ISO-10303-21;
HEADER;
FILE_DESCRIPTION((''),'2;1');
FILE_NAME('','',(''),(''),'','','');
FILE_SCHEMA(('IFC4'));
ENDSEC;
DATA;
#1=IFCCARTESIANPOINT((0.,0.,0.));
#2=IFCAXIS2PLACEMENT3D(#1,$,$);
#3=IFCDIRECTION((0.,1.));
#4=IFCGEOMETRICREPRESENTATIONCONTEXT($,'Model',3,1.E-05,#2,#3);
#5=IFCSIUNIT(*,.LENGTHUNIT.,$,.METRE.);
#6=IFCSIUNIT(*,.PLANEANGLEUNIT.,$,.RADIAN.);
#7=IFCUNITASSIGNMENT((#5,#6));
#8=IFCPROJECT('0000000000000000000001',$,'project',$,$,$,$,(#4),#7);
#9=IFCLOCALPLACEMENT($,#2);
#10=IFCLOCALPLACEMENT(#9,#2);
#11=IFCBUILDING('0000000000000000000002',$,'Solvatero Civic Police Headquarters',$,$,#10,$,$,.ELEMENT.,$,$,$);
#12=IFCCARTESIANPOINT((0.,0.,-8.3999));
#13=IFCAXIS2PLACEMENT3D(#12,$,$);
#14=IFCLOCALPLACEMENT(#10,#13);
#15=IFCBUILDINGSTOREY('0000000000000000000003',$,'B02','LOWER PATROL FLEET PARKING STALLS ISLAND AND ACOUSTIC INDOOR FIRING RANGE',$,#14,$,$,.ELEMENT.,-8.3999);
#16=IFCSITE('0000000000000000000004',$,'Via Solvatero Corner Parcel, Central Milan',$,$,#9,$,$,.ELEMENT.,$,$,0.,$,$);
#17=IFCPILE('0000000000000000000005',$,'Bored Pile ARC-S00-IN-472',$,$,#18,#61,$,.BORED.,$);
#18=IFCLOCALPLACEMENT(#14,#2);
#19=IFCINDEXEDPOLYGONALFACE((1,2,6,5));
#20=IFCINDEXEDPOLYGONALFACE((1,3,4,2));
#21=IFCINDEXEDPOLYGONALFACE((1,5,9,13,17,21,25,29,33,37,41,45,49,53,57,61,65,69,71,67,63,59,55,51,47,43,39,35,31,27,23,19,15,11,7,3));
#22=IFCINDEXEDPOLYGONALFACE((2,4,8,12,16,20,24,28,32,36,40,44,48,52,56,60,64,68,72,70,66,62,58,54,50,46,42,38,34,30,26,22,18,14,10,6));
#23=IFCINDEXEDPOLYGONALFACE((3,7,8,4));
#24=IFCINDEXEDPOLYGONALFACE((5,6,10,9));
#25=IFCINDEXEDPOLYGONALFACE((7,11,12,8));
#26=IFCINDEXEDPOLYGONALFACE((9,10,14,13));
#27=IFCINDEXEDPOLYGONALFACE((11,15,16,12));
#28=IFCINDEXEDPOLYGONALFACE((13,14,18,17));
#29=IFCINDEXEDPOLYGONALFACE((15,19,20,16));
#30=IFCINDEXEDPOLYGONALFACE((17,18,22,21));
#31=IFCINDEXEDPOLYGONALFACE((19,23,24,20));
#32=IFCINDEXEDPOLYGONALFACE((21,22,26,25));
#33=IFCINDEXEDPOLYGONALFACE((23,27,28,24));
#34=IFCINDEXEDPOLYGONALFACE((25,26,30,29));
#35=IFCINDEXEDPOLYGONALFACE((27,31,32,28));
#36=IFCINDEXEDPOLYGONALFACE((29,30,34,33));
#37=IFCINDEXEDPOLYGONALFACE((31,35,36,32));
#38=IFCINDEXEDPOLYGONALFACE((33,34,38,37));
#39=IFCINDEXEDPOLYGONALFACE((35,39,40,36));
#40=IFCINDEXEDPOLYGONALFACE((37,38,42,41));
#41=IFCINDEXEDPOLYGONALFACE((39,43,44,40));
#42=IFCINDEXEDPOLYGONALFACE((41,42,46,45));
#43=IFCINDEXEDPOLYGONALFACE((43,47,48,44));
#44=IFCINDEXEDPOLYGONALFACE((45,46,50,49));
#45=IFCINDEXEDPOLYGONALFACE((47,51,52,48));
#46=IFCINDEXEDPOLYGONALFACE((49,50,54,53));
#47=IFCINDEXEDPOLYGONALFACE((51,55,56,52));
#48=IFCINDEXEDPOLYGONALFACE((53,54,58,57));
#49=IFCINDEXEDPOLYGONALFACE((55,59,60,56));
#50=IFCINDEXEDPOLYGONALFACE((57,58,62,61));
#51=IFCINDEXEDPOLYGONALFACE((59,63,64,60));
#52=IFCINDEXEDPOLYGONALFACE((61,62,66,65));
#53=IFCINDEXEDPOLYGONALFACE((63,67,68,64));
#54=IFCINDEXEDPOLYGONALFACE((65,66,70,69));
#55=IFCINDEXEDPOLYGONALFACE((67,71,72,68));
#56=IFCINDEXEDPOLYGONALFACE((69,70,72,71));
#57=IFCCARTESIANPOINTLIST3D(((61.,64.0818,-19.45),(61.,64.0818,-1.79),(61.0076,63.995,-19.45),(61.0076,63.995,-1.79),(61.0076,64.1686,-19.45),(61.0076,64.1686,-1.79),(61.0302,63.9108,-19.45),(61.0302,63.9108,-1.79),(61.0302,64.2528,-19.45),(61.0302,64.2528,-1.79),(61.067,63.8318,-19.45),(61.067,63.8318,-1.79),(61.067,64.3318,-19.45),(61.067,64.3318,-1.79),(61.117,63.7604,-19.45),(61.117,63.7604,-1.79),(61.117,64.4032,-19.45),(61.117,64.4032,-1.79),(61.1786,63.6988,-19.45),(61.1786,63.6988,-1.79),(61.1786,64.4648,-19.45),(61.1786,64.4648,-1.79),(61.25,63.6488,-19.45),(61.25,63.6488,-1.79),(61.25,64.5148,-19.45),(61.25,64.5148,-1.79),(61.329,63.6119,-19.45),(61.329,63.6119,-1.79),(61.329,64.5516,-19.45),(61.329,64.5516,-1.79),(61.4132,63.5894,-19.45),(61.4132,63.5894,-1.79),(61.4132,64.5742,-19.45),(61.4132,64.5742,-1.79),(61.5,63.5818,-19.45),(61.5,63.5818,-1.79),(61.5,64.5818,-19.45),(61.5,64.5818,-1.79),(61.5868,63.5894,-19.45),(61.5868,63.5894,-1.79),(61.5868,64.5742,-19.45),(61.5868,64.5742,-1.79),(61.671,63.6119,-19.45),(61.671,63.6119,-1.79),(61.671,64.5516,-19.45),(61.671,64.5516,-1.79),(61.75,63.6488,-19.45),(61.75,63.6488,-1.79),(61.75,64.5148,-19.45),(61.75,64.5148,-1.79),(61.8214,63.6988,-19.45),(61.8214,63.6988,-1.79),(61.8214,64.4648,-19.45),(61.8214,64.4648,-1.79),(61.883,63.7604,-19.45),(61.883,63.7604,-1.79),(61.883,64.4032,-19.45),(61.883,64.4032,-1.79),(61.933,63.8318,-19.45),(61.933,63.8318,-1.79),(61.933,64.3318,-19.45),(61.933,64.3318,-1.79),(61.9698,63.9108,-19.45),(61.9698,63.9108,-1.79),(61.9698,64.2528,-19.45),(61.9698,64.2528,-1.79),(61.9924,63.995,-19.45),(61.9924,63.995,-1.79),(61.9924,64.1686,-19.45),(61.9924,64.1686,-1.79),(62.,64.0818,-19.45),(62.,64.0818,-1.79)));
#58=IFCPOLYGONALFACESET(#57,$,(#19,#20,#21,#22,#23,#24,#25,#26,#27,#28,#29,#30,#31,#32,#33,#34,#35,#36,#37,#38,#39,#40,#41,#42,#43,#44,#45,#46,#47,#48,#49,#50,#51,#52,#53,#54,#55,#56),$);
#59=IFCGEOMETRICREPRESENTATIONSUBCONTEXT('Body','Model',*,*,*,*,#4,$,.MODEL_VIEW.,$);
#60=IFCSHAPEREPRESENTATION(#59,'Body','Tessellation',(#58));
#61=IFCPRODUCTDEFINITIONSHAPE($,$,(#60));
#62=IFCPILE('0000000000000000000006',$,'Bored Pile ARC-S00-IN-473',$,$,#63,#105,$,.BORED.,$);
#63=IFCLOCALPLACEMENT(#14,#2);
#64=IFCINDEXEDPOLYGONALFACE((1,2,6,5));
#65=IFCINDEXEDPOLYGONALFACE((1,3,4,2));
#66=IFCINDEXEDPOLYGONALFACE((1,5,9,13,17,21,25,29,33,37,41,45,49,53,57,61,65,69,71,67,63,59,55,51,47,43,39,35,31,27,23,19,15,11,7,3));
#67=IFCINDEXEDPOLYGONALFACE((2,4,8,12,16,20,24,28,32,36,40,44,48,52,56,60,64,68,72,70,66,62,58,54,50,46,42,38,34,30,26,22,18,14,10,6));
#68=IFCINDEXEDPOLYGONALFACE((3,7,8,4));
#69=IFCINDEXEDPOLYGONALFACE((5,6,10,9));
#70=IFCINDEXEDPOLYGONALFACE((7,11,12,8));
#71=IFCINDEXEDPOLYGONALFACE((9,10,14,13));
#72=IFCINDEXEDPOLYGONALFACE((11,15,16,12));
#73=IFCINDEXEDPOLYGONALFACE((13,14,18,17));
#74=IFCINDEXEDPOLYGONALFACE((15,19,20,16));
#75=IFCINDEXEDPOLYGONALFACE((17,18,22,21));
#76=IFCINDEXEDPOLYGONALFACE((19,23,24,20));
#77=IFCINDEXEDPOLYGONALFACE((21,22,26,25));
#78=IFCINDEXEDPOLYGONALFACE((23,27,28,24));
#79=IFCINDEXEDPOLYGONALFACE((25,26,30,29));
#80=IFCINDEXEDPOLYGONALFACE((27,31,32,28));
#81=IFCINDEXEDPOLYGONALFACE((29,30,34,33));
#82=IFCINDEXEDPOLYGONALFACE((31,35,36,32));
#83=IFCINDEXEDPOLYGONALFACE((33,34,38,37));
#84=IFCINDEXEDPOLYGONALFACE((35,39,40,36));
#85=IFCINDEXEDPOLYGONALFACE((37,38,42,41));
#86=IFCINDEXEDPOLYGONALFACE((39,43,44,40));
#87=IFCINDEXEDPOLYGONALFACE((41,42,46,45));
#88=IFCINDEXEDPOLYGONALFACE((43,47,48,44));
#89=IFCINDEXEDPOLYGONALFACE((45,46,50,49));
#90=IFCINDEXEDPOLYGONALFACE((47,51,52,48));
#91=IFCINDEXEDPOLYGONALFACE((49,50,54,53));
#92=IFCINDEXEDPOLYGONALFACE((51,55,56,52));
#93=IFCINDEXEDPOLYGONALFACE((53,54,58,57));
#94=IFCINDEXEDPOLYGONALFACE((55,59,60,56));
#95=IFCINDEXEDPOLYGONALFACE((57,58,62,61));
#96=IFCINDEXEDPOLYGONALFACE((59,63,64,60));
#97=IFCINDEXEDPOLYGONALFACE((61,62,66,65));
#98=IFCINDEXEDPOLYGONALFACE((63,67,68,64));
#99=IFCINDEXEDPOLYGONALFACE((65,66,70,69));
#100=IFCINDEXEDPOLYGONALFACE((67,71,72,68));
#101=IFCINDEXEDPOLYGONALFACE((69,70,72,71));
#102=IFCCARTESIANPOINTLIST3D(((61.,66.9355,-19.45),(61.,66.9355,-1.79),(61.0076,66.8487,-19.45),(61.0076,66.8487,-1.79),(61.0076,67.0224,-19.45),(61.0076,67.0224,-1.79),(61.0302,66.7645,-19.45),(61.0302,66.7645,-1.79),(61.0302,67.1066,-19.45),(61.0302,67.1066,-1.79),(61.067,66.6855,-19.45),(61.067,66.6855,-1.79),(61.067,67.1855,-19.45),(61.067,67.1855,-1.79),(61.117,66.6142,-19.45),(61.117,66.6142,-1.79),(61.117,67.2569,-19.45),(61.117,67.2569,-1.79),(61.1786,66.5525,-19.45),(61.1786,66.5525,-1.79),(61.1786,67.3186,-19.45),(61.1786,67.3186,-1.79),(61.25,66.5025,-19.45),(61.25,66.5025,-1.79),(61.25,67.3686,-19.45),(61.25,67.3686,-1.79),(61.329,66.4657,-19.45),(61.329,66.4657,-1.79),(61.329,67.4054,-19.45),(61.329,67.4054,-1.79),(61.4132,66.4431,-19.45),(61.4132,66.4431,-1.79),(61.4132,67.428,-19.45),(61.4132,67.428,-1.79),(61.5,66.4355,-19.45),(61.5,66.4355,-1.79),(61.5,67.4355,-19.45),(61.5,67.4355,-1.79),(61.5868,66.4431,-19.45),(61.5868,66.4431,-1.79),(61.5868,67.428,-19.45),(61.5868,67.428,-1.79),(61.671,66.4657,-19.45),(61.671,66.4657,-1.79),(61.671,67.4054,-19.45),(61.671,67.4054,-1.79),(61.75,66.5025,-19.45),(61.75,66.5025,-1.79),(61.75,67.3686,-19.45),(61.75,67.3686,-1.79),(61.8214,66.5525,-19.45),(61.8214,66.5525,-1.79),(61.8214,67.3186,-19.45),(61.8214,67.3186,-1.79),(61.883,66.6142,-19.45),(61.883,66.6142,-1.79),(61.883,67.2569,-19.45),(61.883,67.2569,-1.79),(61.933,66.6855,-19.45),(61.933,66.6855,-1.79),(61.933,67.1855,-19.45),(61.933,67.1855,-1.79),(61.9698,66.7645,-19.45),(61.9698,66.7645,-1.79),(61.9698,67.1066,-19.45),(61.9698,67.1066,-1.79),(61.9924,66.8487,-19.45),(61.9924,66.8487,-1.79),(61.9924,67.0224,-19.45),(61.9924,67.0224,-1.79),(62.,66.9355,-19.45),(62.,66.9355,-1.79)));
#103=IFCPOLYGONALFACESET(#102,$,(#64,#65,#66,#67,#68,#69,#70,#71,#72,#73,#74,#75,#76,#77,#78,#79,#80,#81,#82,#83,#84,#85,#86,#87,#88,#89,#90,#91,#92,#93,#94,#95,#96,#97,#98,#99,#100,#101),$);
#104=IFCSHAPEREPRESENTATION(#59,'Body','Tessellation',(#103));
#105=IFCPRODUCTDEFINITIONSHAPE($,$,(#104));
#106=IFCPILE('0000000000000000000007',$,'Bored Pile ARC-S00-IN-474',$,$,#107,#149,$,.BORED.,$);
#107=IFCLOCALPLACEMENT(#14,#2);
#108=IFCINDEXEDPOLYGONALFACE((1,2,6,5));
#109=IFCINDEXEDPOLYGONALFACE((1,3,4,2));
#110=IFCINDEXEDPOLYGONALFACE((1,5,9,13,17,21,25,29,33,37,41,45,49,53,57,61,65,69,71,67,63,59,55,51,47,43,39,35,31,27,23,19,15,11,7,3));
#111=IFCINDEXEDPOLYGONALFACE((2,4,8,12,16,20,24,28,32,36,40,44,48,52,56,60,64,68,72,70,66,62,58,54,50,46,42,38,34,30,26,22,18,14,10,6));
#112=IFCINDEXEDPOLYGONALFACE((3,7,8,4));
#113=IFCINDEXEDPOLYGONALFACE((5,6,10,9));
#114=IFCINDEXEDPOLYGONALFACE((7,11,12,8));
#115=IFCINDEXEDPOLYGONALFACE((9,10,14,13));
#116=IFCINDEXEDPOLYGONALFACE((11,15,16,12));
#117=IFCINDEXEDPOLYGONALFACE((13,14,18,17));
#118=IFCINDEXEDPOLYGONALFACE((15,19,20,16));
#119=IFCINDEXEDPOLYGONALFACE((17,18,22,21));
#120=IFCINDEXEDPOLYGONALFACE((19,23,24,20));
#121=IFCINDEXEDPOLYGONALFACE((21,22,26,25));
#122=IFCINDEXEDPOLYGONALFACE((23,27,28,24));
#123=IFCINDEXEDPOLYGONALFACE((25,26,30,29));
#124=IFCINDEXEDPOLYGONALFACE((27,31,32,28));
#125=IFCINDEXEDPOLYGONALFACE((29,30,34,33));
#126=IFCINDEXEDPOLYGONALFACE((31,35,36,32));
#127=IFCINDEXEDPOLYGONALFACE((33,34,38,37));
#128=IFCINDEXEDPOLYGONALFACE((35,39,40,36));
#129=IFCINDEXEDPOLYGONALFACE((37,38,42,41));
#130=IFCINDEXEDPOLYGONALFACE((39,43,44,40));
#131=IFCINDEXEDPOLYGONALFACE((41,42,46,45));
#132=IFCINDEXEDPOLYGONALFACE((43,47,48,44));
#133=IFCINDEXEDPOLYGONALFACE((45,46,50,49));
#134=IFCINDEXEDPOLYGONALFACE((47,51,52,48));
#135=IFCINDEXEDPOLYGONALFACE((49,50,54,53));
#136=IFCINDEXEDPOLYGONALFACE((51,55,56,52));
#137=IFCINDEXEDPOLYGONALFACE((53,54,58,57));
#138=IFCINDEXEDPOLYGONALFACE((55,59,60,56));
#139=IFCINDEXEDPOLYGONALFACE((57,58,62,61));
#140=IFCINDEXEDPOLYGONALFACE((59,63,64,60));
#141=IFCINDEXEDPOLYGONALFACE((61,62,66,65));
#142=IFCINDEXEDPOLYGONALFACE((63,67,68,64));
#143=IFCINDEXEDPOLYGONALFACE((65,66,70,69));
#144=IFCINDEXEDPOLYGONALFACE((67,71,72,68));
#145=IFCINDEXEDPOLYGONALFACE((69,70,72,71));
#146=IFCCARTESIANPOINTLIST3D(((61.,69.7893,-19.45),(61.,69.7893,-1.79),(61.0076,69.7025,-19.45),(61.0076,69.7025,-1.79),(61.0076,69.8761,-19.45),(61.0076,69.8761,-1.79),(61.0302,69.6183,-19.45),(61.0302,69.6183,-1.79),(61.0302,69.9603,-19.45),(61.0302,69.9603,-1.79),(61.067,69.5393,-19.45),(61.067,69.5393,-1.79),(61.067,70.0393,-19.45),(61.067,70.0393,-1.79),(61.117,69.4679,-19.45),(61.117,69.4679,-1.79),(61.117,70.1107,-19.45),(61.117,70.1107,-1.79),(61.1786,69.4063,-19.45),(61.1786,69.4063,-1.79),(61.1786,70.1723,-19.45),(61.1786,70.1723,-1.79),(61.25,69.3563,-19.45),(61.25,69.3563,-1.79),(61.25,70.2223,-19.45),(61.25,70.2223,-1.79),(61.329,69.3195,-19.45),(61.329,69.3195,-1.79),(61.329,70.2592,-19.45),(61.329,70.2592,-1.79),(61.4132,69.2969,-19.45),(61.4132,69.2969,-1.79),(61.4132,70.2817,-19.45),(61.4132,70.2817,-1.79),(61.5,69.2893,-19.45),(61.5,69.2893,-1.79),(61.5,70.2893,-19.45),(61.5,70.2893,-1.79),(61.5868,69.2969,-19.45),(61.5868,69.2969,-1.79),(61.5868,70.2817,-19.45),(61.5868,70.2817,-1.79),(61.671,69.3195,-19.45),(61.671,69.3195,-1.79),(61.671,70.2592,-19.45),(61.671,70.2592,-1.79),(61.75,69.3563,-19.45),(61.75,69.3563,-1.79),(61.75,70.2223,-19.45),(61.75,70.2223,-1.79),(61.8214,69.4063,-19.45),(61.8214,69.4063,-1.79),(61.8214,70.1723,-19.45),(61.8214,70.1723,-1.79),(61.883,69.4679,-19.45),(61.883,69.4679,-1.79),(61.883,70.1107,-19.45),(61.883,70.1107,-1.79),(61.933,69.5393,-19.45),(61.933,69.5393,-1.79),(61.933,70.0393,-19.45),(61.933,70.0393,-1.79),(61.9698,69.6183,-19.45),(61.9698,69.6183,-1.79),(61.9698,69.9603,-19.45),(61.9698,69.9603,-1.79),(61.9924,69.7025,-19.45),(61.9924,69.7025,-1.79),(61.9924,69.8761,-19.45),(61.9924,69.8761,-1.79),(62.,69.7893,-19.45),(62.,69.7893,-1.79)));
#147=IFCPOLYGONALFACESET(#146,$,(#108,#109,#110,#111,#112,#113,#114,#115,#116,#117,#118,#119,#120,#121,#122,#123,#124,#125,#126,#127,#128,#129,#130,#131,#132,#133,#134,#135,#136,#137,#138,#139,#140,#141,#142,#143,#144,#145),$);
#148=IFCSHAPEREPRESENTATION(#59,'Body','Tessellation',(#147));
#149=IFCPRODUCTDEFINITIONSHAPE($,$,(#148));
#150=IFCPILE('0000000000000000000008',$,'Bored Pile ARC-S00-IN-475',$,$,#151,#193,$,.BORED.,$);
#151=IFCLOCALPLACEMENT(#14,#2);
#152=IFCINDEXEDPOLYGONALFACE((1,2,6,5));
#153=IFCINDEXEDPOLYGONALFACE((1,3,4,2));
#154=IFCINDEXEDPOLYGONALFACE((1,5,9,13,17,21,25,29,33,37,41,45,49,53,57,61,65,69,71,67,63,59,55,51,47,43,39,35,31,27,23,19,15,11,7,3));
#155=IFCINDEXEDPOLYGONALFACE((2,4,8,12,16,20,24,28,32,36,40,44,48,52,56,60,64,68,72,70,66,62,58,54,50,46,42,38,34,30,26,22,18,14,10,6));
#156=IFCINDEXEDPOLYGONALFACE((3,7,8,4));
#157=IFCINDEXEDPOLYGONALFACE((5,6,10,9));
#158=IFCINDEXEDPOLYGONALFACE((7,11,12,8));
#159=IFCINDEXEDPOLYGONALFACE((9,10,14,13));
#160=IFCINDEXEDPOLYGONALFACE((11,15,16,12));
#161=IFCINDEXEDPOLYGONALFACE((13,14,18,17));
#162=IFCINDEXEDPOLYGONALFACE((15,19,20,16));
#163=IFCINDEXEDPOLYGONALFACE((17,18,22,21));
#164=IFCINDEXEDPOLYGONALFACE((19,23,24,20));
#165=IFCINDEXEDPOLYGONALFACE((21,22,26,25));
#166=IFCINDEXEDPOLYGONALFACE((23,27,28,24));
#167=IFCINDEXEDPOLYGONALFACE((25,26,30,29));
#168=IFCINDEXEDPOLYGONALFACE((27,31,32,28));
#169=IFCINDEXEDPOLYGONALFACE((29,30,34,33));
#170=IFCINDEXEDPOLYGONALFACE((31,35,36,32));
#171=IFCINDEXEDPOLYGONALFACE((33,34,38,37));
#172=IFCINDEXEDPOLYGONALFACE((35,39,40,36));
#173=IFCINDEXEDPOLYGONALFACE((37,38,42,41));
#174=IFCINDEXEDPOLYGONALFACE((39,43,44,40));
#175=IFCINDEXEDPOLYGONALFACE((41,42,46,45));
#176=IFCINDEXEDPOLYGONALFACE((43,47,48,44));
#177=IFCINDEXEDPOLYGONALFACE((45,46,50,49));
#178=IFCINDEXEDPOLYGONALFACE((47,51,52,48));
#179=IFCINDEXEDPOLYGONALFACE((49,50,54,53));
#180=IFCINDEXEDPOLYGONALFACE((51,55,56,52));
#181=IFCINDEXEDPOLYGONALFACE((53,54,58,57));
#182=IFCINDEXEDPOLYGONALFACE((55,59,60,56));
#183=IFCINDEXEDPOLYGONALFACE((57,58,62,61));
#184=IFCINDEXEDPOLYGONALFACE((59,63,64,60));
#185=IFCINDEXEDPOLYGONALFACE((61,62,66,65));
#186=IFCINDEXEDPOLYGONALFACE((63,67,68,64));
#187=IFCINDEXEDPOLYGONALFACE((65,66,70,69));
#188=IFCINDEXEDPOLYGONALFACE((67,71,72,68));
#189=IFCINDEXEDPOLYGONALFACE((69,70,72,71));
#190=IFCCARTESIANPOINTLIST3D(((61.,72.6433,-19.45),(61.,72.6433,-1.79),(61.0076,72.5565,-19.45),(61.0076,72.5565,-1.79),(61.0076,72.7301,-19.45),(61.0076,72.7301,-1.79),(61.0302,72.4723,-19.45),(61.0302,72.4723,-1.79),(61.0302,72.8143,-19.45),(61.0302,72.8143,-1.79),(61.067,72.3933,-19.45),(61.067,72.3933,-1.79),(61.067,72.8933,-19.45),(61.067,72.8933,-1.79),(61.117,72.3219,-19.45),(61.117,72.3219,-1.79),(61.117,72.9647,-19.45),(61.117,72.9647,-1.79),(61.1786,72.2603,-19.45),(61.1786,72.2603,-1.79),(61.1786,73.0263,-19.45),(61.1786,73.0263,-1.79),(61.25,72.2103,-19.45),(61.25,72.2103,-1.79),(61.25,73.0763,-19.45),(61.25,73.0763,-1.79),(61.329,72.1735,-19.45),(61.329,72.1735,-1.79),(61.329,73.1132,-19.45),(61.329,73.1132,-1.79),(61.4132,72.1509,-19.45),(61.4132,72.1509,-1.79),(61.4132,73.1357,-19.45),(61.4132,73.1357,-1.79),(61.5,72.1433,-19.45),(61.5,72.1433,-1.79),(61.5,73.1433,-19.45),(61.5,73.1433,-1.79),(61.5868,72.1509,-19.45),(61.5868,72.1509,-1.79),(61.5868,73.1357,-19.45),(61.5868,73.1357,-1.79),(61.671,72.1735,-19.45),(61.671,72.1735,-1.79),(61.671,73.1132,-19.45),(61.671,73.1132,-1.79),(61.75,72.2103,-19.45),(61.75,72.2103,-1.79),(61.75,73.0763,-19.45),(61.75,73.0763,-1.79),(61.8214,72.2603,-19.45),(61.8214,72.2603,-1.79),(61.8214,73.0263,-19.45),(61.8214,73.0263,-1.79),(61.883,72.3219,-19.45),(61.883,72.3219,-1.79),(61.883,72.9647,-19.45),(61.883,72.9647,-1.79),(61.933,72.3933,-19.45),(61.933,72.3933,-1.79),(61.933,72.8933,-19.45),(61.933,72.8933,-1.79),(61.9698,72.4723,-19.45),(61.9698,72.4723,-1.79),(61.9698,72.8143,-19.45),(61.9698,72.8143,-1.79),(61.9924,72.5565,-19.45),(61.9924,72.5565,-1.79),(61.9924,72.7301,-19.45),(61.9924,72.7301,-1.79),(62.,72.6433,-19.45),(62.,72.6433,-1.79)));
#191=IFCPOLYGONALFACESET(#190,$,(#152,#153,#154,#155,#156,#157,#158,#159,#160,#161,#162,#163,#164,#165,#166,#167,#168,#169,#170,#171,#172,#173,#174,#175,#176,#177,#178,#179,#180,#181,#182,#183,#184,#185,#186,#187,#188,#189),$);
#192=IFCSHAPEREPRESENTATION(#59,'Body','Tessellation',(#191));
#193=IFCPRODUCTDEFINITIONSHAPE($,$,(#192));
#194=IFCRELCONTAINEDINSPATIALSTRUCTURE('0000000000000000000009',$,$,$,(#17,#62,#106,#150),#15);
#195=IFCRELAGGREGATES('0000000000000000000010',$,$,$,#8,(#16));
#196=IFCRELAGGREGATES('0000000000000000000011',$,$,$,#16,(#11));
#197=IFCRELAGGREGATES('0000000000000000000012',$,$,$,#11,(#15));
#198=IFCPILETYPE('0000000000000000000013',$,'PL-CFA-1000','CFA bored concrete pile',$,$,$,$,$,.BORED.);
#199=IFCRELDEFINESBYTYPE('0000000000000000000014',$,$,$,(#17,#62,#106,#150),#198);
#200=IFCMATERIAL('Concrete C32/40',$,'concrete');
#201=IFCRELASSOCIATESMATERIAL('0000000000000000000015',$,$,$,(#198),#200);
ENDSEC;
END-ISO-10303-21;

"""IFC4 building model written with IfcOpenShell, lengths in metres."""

from ifc_helpers import new_model, si_unit, direction, frame, origin, origin_2d, place, context, subcontext, project, spatial, circle, extrude, material, material_profile, profile_set, type_object, element, save


model = new_model("IFC4")

# Units and contexts
model_context = context("Model", 3, precision=1e-05, world=origin(), true_north=direction((0.0, 1.0)))
body_context = subcontext(model_context, "Body", "Model", "MODEL_VIEW")
ifc_project = project(units=[si_unit("LENGTHUNIT", "METRE"), si_unit("PLANEANGLEUNIT", "RADIAN")], contexts=[model_context])

# Site, building, storey
site_placement = place(None, origin())
site = spatial("IfcSite", under=ifc_project, at=site_placement, Name="Via Solvatero Corner Parcel, Central Milan", CompositionType="ELEMENT", RefElevation=0.0)
building_placement = place(site_placement, origin())
building = spatial("IfcBuilding", under=site, at=building_placement, Name="Solvatero Civic Police Headquarters", CompositionType="ELEMENT")
storey_placement = place(building_placement, frame((0.0, 0.0, -8.3999)))
storey = spatial("IfcBuildingStorey", under=building, at=storey_placement, Name="B02", Description="LOWER PATROL FLEET PARKING STALLS ISLAND AND ACOUSTIC INDOOR FIRING RANGE", CompositionType="ELEMENT", Elevation=-8.3999)

# Piles
ifc_material_1 = material(Name="Concrete C32/40", Category="concrete")
ifc_material_profile_1 = material_profile(ifc_material_1, circle(Radius=0.5, at=origin_2d()), Name="CFA PILE D1000")
ifc_profile_set_1 = profile_set([ifc_material_profile_1], Name="Concrete C32/40")
pile_type = type_object("IfcPileType", Name="PL-CFA-1000", Description="CFA bored concrete pile", PredefinedType="BORED", material=ifc_profile_set_1)
for number, where, z_axis, x_axis, name in (
    (1, (61.5, 64.0818, -1.79), (0.0, 0.0, -1.0), (1.0, 0.0, 0.0), "Bored Pile ARC-S00-IN-472"),
    (2, (61.5, 66.9355, -1.79), (0.0, 0.0, -1.0), (1.0, 0.0, 0.0), "Bored Pile ARC-S00-IN-473"),
    (3, (61.5, 69.7893, -1.79), (0.0, 0.0, -1.0), (1.0, 0.0, 0.0), "Bored Pile ARC-S00-IN-474"),
    (4, (61.5, 72.6433, -1.79), (0.0, 0.0, -1.0), (1.0, 0.0, 0.0), "Bored Pile ARC-S00-IN-475"),
):
    element("IfcPile", number, at=place(storey_placement, frame(where, z_axis=z_axis, x_axis=x_axis)), inside=storey, type_object=pile_type, Name=name, PredefinedType="BORED", context=body_context, shape_type="SweptSolid", body=[
        extrude(circle(Radius=0.5, at=origin_2d()), origin(), (0.0, 0.0, 1.0), 17.6599),
    ])

save(model, "model.ifc")
